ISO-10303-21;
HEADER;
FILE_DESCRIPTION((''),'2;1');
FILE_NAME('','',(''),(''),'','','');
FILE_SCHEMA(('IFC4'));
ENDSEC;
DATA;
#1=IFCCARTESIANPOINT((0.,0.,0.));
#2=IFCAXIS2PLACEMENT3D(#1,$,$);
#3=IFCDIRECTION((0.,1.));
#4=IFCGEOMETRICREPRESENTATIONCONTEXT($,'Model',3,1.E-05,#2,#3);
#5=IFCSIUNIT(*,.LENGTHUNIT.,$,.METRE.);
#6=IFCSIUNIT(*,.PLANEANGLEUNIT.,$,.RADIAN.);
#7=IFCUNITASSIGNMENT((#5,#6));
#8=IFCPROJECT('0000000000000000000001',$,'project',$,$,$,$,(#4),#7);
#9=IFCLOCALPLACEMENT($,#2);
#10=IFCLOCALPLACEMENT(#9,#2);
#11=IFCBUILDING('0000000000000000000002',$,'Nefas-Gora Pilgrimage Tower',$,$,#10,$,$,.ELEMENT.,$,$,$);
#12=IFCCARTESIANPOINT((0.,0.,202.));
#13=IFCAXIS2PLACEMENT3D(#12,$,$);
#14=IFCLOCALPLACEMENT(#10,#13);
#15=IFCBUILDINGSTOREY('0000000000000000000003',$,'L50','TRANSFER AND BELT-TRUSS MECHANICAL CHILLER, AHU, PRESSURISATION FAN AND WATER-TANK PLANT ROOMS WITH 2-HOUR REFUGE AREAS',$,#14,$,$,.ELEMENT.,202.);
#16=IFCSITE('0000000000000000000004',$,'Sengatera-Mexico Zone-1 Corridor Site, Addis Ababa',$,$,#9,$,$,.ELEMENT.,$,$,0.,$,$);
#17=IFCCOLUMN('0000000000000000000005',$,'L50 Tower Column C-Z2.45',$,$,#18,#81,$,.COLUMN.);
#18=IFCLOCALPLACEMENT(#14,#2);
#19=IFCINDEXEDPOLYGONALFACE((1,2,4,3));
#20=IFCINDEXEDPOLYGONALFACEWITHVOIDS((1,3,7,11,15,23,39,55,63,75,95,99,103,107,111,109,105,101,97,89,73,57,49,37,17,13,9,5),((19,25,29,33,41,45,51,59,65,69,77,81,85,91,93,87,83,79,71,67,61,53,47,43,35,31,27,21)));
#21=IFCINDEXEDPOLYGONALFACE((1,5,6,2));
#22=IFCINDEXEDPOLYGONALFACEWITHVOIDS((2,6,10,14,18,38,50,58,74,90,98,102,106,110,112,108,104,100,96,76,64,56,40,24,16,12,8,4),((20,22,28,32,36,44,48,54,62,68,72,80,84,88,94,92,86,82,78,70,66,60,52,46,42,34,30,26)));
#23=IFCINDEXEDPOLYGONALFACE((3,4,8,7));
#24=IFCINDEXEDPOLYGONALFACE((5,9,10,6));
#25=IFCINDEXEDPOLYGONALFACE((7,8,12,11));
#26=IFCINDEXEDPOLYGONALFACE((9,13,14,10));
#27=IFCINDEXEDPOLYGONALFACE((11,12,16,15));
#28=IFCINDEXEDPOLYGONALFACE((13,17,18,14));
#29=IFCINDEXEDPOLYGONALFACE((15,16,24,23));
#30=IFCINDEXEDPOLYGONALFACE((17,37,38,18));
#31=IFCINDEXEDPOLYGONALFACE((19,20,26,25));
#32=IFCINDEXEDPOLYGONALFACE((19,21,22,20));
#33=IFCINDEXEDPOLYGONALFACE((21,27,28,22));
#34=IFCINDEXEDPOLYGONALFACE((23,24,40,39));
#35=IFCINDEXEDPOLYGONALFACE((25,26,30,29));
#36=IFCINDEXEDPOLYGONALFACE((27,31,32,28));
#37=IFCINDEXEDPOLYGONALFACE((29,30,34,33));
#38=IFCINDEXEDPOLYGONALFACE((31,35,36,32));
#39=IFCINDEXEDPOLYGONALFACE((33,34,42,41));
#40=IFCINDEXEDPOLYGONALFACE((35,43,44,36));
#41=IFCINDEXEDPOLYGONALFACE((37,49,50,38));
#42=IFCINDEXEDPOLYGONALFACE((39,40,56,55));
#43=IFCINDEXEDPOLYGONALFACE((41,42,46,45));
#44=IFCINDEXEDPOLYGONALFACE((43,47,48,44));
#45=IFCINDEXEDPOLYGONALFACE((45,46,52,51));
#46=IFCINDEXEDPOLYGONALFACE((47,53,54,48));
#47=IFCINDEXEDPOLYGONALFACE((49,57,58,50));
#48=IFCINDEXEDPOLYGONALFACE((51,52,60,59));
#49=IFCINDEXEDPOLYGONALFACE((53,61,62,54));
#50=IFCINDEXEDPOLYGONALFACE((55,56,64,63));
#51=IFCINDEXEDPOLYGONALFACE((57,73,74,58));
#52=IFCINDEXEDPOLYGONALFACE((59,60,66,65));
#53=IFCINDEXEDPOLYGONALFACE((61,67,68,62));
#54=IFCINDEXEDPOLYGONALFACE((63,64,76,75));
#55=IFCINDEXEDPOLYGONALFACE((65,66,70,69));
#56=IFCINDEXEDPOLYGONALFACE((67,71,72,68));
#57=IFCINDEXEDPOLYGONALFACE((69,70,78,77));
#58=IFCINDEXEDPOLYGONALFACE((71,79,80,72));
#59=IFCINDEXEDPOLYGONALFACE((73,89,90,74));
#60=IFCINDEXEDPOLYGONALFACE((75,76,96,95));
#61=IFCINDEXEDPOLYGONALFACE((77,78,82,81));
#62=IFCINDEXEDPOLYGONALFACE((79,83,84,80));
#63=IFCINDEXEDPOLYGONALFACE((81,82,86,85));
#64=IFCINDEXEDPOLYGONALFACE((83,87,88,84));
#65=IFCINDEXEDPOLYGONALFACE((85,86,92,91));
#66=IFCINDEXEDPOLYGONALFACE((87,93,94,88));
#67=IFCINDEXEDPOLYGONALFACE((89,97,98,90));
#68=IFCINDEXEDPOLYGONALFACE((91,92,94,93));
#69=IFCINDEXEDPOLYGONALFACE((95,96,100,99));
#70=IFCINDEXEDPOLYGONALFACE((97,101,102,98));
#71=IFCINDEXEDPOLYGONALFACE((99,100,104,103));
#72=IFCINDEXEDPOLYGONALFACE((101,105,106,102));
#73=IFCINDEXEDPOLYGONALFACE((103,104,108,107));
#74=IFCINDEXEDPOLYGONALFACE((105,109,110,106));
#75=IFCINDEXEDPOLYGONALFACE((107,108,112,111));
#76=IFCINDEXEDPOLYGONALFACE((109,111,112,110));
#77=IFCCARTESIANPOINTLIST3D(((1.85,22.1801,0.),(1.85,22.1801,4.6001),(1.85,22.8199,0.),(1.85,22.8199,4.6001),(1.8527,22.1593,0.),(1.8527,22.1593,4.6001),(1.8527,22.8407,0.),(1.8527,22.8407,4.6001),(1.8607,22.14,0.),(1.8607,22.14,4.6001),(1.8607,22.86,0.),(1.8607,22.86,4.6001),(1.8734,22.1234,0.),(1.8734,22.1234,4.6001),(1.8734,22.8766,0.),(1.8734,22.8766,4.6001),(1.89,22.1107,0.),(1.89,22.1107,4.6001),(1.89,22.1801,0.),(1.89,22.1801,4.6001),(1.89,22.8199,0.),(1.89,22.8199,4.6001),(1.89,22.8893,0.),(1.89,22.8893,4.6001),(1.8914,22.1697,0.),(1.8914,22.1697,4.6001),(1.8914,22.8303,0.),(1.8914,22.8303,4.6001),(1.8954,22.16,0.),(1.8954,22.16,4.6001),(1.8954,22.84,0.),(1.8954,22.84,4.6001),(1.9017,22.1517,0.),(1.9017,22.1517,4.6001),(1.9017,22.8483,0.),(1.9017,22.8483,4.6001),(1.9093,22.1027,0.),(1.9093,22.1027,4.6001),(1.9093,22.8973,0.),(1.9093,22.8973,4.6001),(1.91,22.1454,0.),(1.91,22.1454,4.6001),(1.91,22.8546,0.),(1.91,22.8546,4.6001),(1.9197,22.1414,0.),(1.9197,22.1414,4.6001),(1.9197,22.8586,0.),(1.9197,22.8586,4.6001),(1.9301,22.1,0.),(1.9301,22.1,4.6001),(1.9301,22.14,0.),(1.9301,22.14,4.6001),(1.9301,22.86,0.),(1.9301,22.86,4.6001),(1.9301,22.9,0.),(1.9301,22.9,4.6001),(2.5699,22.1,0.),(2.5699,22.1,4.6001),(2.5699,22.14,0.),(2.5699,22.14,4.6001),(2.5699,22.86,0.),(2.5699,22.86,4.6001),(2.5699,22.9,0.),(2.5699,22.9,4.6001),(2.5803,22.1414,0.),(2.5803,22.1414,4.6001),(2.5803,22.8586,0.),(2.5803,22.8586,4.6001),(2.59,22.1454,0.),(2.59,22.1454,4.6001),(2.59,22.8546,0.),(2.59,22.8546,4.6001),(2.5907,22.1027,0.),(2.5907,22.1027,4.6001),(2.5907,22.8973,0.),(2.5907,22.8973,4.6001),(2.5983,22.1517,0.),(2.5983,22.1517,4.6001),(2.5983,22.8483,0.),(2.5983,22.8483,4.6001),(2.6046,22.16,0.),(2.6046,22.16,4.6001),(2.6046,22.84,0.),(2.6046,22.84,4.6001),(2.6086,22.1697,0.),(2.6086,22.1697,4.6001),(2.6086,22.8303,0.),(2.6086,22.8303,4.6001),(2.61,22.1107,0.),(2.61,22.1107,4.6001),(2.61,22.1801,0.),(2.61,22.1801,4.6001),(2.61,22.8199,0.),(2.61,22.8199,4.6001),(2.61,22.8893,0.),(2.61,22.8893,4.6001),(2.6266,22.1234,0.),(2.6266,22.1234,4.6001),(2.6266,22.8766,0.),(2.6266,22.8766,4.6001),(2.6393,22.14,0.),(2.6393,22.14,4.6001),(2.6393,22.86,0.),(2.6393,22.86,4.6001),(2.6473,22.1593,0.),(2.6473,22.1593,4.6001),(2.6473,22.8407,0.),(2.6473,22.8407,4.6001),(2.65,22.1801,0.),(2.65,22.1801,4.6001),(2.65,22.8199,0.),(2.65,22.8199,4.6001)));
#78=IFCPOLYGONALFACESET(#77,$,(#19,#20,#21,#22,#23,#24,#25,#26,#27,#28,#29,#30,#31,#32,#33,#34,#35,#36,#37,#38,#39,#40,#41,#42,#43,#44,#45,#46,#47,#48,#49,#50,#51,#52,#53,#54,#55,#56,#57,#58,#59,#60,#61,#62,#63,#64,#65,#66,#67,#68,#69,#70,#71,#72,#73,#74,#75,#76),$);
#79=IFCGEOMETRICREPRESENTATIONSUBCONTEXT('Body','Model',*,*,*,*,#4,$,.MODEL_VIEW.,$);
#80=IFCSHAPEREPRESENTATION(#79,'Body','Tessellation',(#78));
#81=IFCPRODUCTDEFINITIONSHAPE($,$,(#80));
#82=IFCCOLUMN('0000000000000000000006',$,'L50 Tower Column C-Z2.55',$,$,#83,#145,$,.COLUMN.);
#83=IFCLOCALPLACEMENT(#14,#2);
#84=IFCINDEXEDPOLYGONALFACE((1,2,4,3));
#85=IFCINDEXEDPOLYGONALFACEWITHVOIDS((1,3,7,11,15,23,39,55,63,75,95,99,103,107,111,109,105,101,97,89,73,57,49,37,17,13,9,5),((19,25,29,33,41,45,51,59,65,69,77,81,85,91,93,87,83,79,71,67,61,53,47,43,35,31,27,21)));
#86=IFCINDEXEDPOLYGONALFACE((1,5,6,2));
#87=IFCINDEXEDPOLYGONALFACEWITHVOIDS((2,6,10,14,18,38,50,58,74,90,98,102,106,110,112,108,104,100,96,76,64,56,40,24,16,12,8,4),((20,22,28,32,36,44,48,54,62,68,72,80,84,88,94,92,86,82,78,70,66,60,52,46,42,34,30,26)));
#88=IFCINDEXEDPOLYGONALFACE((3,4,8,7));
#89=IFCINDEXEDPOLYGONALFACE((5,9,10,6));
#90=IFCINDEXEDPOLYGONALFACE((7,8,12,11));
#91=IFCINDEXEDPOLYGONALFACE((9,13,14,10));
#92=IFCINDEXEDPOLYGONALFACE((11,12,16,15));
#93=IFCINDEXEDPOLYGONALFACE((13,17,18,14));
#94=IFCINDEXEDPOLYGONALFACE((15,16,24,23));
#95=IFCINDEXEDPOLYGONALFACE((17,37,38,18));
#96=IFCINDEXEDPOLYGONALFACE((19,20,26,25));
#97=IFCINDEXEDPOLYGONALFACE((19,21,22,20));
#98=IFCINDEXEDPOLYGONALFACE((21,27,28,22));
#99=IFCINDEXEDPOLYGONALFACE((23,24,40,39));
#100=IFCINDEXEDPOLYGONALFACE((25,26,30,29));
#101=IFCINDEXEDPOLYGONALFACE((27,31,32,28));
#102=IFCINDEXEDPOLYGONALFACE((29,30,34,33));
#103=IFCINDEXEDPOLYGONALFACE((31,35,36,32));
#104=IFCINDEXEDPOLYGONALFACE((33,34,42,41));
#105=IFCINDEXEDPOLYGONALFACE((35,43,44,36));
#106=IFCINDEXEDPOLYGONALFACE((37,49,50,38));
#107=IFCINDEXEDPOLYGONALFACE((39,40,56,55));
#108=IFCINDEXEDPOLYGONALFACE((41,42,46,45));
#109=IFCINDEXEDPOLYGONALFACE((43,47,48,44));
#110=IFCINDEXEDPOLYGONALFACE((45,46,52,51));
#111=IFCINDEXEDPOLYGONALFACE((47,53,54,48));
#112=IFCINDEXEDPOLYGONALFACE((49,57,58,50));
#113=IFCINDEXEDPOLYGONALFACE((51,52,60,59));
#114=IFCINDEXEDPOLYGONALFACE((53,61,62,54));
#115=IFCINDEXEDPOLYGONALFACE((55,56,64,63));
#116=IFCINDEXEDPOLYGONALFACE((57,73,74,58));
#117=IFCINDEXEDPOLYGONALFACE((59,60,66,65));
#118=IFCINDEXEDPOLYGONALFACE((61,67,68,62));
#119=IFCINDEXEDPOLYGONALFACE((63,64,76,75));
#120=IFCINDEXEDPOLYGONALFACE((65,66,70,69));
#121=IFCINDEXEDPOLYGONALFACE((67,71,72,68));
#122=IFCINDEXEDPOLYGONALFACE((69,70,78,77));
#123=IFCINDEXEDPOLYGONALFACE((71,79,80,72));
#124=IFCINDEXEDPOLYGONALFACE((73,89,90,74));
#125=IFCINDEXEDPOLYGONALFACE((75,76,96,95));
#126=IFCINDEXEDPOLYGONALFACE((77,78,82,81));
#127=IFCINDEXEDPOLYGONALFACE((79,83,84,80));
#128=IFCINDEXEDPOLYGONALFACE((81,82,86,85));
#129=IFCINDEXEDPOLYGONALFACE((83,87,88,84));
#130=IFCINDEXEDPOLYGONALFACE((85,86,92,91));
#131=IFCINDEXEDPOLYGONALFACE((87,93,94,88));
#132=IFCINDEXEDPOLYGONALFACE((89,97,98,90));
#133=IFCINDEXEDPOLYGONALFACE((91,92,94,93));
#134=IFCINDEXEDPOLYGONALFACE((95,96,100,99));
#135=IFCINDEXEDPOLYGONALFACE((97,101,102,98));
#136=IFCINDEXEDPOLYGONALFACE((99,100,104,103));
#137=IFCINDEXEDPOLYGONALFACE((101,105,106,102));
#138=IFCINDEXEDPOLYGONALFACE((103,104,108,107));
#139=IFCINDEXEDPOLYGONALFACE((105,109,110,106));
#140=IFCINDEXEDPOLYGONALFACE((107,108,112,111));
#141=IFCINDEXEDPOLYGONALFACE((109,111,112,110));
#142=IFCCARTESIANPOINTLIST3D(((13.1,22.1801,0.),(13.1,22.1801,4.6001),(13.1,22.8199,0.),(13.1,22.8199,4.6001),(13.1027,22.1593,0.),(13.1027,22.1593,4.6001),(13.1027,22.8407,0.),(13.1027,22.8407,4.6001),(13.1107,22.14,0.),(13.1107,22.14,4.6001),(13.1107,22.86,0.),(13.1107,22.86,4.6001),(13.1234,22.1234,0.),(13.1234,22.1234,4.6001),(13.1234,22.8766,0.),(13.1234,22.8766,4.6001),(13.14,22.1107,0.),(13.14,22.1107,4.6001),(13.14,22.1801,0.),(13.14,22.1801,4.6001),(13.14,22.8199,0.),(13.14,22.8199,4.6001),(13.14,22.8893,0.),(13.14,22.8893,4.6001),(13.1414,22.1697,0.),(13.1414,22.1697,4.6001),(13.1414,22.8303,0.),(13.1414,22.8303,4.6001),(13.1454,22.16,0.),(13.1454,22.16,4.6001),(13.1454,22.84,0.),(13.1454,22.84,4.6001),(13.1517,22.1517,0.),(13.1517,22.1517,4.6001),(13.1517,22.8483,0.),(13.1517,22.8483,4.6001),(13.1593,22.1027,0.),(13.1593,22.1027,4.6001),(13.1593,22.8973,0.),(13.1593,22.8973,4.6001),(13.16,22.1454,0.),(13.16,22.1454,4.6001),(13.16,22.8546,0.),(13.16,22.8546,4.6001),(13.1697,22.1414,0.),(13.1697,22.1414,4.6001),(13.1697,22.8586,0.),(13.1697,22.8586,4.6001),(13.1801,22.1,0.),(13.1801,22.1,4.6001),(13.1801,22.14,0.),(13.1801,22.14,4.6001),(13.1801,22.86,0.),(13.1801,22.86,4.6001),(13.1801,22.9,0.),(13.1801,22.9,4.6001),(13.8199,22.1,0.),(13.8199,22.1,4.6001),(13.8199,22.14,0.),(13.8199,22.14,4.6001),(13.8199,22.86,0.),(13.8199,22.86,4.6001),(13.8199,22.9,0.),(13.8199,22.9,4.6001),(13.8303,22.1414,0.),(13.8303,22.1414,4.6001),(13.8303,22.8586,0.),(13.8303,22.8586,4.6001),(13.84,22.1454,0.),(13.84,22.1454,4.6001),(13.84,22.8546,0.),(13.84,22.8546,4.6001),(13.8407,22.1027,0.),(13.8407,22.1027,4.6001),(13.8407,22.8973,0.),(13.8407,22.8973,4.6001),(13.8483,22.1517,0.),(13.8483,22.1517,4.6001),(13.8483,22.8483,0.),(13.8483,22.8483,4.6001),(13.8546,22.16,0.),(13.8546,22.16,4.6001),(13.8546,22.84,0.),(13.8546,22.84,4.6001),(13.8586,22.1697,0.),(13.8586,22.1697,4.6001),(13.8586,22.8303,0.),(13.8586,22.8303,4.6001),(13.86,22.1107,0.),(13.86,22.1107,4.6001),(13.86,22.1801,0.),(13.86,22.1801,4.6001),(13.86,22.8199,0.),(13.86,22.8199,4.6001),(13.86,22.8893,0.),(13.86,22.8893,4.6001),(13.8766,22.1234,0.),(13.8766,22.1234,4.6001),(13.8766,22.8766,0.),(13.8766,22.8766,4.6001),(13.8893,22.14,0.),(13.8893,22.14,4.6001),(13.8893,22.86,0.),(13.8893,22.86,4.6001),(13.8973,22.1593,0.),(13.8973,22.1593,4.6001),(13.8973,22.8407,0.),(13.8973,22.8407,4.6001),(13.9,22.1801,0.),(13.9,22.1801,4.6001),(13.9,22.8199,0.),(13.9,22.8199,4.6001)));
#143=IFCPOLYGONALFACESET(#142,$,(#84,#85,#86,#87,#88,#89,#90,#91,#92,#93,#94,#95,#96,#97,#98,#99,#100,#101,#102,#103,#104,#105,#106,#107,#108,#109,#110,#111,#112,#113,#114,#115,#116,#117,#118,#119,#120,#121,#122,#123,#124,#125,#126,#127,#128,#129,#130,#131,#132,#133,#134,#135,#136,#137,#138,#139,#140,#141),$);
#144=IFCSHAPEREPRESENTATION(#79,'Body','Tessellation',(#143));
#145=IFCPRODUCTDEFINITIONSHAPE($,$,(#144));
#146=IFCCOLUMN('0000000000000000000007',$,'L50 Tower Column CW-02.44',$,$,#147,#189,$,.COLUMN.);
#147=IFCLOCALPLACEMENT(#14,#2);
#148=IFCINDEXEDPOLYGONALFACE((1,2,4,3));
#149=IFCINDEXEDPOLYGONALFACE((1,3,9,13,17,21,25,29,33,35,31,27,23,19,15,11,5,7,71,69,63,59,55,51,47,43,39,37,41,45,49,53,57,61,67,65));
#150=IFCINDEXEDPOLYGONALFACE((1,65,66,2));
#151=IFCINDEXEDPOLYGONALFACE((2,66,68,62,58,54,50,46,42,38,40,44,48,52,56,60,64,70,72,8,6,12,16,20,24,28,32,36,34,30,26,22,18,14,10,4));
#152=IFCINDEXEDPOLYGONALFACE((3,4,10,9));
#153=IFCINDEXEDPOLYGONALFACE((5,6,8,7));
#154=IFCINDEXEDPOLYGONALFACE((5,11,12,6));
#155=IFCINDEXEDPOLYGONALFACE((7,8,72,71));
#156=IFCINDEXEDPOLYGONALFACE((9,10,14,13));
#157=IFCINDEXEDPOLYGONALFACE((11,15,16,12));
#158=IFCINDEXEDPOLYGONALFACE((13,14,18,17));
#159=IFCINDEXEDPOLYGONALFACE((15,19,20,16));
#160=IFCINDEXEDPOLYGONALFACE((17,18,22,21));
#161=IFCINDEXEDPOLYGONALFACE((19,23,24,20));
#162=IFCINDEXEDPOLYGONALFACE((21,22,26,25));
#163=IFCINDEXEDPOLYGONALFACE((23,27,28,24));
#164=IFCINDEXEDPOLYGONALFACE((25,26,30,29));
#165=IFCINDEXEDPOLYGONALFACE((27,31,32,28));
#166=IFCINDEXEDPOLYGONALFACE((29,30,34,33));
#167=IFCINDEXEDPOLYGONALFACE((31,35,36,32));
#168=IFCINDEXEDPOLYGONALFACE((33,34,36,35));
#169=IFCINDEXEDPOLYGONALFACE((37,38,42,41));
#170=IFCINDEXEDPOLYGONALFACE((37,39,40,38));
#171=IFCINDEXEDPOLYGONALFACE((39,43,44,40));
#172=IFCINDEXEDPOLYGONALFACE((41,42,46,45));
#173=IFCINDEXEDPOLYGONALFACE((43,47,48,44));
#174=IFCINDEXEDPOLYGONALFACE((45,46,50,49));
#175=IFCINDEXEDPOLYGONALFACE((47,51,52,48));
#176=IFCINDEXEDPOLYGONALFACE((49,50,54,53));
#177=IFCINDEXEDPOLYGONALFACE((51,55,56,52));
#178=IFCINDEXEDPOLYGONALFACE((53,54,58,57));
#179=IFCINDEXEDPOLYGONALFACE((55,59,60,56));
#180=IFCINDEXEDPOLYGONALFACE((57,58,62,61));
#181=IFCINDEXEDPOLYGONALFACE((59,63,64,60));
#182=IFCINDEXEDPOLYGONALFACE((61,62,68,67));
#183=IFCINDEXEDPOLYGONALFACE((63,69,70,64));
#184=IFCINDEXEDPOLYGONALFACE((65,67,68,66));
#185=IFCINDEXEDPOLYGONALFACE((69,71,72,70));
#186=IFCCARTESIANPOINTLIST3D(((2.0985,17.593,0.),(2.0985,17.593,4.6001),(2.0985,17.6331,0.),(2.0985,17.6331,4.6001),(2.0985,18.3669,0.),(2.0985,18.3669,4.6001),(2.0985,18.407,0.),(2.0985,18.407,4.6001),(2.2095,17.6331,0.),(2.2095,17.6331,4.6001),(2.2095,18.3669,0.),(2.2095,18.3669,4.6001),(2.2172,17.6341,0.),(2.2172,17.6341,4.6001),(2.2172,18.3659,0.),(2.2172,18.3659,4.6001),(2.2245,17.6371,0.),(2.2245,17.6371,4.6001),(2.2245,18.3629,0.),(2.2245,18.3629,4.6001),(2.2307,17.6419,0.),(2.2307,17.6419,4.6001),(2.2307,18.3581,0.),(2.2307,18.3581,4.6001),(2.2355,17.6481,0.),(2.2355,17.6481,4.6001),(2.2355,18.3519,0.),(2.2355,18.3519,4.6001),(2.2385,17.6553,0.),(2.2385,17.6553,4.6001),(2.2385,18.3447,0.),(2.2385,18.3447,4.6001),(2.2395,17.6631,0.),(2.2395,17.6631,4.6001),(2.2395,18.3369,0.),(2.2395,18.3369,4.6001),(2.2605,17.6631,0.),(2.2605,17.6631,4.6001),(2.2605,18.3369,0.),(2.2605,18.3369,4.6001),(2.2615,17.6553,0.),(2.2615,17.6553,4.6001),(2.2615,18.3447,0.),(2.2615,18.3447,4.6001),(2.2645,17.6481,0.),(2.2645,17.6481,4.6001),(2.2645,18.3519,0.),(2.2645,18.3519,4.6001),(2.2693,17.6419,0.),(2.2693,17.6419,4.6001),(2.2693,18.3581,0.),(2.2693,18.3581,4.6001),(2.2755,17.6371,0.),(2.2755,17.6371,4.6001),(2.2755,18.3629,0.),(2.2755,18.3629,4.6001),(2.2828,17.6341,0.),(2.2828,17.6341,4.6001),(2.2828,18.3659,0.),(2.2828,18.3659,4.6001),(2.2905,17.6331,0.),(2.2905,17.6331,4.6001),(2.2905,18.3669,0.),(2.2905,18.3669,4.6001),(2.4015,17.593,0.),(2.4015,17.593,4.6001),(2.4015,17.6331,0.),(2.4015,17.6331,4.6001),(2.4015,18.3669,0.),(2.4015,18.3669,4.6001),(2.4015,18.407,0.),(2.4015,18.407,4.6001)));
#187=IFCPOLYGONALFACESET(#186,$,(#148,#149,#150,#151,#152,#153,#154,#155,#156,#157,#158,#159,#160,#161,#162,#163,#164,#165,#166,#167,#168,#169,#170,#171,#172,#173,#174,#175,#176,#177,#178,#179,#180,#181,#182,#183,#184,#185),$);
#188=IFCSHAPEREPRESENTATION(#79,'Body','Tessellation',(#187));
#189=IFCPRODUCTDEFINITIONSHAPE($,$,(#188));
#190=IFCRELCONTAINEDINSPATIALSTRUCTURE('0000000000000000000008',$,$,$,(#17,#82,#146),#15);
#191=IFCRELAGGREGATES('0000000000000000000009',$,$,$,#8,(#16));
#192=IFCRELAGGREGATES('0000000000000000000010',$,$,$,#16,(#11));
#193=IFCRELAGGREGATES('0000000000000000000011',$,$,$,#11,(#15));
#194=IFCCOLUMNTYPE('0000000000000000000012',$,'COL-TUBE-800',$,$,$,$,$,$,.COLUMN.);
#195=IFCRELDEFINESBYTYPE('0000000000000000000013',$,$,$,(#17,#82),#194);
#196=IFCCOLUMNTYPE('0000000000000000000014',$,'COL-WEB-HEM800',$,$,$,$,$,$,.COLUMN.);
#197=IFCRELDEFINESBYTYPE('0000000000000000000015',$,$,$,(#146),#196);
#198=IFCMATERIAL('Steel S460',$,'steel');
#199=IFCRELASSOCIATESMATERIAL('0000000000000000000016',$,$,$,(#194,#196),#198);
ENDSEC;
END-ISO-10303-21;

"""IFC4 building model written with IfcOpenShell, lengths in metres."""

from ifc_helpers import new_model, si_unit, direction, frame, origin, origin_2d, place, context, subcontext, project, spatial, hollow_rectangle, i_section, extrude, source, transform, mapped, material, material_profile, profile_set, type_object, element, save


model = new_model("IFC4")

# Units and contexts
model_context = context("Model", 3, precision=1e-05, world=origin(), true_north=direction((0.0, 1.0)))
body_context = subcontext(model_context, "Body", "Model", "MODEL_VIEW")
ifc_project = project(units=[si_unit("LENGTHUNIT", "METRE"), si_unit("PLANEANGLEUNIT", "RADIAN")], contexts=[model_context])

# Site, building, storey
site_placement = place(None, origin())
site = spatial("IfcSite", under=ifc_project, at=site_placement, Name="Sengatera-Mexico Zone-1 Corridor Site, Addis Ababa", CompositionType="ELEMENT", RefElevation=0.0)
building_placement = place(site_placement, origin())
building = spatial("IfcBuilding", under=site, at=building_placement, Name="Nefas-Gora Pilgrimage Tower", CompositionType="ELEMENT")
storey_placement = place(building_placement, frame((0.0, 0.0, 202.0)))
storey = spatial("IfcBuildingStorey", under=building, at=storey_placement, Name="L50", Description="TRANSFER AND BELT-TRUSS MECHANICAL CHILLER, AHU, PRESSURISATION FAN AND WATER-TANK PLANT ROOMS WITH 2-HOUR REFUGE AREAS", CompositionType="ELEMENT", Elevation=202.0)

# Columns
ifc_material_1 = material(Name="Steel S460", Category="steel")
ifc_material_profile_1 = material_profile(ifc_material_1, hollow_rectangle(XDim=0.8, YDim=0.8, WallThickness=0.04, InnerFilletRadius=0.04, OuterFilletRadius=0.0801, at=origin_2d()), Name="BOX 800x800x40")
ifc_profile_set_1 = profile_set([ifc_material_profile_1], Name="Steel S460")
column_type_1 = type_object("IfcColumnType", Name="COL-TUBE-800", PredefinedType="COLUMN", material=ifc_profile_set_1)
shared_shape_1 = source(origin(), body_context, "Body", "SweptSolid", [
    extrude(hollow_rectangle(XDim=0.8, YDim=0.8, WallThickness=0.04, InnerFilletRadius=0.04, OuterFilletRadius=0.0801, at=origin_2d()), origin(), (0.0, 0.0, 1.0), 4.6001),
])
for number, where, z_axis, x_axis, name in (
    (1, (2.25, 22.5, 0.0), (0.0, 0.0, 1.0), (1.0, 0.0, 0.0), "L50 Tower Column C-Z2.45"),
    (2, (13.5, 22.5, 0.0), (0.0, 0.0, 1.0), (1.0, 0.0, 0.0), "L50 Tower Column C-Z2.55"),
):
    element("IfcColumn", number, at=place(storey_placement, frame(where, z_axis=z_axis, x_axis=x_axis)), inside=storey, type_object=column_type_1, Name=name, PredefinedType="COLUMN", context=body_context, shape_type="MappedRepresentation", body=[
        mapped(shared_shape_1, transform((0.0, 0.0, 0.0), x_axis=(1.0, 0.0, 0.0), y_axis=(0.0, 1.0, 0.0), z_axis=(0.0, 0.0, 1.0), scale=1.0)),
    ])
ifc_material_profile_2 = material_profile(ifc_material_1, i_section(OverallWidth=0.303, OverallDepth=0.814, WebThickness=0.021, FlangeThickness=0.04, FilletRadius=0.03, at=origin_2d()), Name="HEM 800")
ifc_profile_set_2 = profile_set([ifc_material_profile_2], Name="Steel S460")
column_type_2 = type_object("IfcColumnType", Name="COL-WEB-HEM800", PredefinedType="COLUMN", material=ifc_profile_set_2)
shared_shape_2 = source(origin(), body_context, "Body", "SweptSolid", [
    extrude(i_section(OverallWidth=0.303, OverallDepth=0.814, WebThickness=0.021, FlangeThickness=0.04, FilletRadius=0.03, at=origin_2d()), origin(), (0.0, 0.0, 1.0), 4.6001),
])
for number, where, z_axis, x_axis, name in (
    (3, (2.25, 18.0, 0.0), (0.0, 0.0, 1.0), (1.0, 0.0, 0.0), "L50 Tower Column CW-02.44"),
):
    element("IfcColumn", number, at=place(storey_placement, frame(where, z_axis=z_axis, x_axis=x_axis)), inside=storey, type_object=column_type_2, Name=name, PredefinedType="COLUMN", context=body_context, shape_type="MappedRepresentation", body=[
        mapped(shared_shape_2, transform((0.0, 0.0, 0.0), x_axis=(1.0, 0.0, 0.0), y_axis=(0.0, 1.0, 0.0), z_axis=(0.0, 0.0, 1.0), scale=1.0)),
    ])

save(model, "model.ifc")
